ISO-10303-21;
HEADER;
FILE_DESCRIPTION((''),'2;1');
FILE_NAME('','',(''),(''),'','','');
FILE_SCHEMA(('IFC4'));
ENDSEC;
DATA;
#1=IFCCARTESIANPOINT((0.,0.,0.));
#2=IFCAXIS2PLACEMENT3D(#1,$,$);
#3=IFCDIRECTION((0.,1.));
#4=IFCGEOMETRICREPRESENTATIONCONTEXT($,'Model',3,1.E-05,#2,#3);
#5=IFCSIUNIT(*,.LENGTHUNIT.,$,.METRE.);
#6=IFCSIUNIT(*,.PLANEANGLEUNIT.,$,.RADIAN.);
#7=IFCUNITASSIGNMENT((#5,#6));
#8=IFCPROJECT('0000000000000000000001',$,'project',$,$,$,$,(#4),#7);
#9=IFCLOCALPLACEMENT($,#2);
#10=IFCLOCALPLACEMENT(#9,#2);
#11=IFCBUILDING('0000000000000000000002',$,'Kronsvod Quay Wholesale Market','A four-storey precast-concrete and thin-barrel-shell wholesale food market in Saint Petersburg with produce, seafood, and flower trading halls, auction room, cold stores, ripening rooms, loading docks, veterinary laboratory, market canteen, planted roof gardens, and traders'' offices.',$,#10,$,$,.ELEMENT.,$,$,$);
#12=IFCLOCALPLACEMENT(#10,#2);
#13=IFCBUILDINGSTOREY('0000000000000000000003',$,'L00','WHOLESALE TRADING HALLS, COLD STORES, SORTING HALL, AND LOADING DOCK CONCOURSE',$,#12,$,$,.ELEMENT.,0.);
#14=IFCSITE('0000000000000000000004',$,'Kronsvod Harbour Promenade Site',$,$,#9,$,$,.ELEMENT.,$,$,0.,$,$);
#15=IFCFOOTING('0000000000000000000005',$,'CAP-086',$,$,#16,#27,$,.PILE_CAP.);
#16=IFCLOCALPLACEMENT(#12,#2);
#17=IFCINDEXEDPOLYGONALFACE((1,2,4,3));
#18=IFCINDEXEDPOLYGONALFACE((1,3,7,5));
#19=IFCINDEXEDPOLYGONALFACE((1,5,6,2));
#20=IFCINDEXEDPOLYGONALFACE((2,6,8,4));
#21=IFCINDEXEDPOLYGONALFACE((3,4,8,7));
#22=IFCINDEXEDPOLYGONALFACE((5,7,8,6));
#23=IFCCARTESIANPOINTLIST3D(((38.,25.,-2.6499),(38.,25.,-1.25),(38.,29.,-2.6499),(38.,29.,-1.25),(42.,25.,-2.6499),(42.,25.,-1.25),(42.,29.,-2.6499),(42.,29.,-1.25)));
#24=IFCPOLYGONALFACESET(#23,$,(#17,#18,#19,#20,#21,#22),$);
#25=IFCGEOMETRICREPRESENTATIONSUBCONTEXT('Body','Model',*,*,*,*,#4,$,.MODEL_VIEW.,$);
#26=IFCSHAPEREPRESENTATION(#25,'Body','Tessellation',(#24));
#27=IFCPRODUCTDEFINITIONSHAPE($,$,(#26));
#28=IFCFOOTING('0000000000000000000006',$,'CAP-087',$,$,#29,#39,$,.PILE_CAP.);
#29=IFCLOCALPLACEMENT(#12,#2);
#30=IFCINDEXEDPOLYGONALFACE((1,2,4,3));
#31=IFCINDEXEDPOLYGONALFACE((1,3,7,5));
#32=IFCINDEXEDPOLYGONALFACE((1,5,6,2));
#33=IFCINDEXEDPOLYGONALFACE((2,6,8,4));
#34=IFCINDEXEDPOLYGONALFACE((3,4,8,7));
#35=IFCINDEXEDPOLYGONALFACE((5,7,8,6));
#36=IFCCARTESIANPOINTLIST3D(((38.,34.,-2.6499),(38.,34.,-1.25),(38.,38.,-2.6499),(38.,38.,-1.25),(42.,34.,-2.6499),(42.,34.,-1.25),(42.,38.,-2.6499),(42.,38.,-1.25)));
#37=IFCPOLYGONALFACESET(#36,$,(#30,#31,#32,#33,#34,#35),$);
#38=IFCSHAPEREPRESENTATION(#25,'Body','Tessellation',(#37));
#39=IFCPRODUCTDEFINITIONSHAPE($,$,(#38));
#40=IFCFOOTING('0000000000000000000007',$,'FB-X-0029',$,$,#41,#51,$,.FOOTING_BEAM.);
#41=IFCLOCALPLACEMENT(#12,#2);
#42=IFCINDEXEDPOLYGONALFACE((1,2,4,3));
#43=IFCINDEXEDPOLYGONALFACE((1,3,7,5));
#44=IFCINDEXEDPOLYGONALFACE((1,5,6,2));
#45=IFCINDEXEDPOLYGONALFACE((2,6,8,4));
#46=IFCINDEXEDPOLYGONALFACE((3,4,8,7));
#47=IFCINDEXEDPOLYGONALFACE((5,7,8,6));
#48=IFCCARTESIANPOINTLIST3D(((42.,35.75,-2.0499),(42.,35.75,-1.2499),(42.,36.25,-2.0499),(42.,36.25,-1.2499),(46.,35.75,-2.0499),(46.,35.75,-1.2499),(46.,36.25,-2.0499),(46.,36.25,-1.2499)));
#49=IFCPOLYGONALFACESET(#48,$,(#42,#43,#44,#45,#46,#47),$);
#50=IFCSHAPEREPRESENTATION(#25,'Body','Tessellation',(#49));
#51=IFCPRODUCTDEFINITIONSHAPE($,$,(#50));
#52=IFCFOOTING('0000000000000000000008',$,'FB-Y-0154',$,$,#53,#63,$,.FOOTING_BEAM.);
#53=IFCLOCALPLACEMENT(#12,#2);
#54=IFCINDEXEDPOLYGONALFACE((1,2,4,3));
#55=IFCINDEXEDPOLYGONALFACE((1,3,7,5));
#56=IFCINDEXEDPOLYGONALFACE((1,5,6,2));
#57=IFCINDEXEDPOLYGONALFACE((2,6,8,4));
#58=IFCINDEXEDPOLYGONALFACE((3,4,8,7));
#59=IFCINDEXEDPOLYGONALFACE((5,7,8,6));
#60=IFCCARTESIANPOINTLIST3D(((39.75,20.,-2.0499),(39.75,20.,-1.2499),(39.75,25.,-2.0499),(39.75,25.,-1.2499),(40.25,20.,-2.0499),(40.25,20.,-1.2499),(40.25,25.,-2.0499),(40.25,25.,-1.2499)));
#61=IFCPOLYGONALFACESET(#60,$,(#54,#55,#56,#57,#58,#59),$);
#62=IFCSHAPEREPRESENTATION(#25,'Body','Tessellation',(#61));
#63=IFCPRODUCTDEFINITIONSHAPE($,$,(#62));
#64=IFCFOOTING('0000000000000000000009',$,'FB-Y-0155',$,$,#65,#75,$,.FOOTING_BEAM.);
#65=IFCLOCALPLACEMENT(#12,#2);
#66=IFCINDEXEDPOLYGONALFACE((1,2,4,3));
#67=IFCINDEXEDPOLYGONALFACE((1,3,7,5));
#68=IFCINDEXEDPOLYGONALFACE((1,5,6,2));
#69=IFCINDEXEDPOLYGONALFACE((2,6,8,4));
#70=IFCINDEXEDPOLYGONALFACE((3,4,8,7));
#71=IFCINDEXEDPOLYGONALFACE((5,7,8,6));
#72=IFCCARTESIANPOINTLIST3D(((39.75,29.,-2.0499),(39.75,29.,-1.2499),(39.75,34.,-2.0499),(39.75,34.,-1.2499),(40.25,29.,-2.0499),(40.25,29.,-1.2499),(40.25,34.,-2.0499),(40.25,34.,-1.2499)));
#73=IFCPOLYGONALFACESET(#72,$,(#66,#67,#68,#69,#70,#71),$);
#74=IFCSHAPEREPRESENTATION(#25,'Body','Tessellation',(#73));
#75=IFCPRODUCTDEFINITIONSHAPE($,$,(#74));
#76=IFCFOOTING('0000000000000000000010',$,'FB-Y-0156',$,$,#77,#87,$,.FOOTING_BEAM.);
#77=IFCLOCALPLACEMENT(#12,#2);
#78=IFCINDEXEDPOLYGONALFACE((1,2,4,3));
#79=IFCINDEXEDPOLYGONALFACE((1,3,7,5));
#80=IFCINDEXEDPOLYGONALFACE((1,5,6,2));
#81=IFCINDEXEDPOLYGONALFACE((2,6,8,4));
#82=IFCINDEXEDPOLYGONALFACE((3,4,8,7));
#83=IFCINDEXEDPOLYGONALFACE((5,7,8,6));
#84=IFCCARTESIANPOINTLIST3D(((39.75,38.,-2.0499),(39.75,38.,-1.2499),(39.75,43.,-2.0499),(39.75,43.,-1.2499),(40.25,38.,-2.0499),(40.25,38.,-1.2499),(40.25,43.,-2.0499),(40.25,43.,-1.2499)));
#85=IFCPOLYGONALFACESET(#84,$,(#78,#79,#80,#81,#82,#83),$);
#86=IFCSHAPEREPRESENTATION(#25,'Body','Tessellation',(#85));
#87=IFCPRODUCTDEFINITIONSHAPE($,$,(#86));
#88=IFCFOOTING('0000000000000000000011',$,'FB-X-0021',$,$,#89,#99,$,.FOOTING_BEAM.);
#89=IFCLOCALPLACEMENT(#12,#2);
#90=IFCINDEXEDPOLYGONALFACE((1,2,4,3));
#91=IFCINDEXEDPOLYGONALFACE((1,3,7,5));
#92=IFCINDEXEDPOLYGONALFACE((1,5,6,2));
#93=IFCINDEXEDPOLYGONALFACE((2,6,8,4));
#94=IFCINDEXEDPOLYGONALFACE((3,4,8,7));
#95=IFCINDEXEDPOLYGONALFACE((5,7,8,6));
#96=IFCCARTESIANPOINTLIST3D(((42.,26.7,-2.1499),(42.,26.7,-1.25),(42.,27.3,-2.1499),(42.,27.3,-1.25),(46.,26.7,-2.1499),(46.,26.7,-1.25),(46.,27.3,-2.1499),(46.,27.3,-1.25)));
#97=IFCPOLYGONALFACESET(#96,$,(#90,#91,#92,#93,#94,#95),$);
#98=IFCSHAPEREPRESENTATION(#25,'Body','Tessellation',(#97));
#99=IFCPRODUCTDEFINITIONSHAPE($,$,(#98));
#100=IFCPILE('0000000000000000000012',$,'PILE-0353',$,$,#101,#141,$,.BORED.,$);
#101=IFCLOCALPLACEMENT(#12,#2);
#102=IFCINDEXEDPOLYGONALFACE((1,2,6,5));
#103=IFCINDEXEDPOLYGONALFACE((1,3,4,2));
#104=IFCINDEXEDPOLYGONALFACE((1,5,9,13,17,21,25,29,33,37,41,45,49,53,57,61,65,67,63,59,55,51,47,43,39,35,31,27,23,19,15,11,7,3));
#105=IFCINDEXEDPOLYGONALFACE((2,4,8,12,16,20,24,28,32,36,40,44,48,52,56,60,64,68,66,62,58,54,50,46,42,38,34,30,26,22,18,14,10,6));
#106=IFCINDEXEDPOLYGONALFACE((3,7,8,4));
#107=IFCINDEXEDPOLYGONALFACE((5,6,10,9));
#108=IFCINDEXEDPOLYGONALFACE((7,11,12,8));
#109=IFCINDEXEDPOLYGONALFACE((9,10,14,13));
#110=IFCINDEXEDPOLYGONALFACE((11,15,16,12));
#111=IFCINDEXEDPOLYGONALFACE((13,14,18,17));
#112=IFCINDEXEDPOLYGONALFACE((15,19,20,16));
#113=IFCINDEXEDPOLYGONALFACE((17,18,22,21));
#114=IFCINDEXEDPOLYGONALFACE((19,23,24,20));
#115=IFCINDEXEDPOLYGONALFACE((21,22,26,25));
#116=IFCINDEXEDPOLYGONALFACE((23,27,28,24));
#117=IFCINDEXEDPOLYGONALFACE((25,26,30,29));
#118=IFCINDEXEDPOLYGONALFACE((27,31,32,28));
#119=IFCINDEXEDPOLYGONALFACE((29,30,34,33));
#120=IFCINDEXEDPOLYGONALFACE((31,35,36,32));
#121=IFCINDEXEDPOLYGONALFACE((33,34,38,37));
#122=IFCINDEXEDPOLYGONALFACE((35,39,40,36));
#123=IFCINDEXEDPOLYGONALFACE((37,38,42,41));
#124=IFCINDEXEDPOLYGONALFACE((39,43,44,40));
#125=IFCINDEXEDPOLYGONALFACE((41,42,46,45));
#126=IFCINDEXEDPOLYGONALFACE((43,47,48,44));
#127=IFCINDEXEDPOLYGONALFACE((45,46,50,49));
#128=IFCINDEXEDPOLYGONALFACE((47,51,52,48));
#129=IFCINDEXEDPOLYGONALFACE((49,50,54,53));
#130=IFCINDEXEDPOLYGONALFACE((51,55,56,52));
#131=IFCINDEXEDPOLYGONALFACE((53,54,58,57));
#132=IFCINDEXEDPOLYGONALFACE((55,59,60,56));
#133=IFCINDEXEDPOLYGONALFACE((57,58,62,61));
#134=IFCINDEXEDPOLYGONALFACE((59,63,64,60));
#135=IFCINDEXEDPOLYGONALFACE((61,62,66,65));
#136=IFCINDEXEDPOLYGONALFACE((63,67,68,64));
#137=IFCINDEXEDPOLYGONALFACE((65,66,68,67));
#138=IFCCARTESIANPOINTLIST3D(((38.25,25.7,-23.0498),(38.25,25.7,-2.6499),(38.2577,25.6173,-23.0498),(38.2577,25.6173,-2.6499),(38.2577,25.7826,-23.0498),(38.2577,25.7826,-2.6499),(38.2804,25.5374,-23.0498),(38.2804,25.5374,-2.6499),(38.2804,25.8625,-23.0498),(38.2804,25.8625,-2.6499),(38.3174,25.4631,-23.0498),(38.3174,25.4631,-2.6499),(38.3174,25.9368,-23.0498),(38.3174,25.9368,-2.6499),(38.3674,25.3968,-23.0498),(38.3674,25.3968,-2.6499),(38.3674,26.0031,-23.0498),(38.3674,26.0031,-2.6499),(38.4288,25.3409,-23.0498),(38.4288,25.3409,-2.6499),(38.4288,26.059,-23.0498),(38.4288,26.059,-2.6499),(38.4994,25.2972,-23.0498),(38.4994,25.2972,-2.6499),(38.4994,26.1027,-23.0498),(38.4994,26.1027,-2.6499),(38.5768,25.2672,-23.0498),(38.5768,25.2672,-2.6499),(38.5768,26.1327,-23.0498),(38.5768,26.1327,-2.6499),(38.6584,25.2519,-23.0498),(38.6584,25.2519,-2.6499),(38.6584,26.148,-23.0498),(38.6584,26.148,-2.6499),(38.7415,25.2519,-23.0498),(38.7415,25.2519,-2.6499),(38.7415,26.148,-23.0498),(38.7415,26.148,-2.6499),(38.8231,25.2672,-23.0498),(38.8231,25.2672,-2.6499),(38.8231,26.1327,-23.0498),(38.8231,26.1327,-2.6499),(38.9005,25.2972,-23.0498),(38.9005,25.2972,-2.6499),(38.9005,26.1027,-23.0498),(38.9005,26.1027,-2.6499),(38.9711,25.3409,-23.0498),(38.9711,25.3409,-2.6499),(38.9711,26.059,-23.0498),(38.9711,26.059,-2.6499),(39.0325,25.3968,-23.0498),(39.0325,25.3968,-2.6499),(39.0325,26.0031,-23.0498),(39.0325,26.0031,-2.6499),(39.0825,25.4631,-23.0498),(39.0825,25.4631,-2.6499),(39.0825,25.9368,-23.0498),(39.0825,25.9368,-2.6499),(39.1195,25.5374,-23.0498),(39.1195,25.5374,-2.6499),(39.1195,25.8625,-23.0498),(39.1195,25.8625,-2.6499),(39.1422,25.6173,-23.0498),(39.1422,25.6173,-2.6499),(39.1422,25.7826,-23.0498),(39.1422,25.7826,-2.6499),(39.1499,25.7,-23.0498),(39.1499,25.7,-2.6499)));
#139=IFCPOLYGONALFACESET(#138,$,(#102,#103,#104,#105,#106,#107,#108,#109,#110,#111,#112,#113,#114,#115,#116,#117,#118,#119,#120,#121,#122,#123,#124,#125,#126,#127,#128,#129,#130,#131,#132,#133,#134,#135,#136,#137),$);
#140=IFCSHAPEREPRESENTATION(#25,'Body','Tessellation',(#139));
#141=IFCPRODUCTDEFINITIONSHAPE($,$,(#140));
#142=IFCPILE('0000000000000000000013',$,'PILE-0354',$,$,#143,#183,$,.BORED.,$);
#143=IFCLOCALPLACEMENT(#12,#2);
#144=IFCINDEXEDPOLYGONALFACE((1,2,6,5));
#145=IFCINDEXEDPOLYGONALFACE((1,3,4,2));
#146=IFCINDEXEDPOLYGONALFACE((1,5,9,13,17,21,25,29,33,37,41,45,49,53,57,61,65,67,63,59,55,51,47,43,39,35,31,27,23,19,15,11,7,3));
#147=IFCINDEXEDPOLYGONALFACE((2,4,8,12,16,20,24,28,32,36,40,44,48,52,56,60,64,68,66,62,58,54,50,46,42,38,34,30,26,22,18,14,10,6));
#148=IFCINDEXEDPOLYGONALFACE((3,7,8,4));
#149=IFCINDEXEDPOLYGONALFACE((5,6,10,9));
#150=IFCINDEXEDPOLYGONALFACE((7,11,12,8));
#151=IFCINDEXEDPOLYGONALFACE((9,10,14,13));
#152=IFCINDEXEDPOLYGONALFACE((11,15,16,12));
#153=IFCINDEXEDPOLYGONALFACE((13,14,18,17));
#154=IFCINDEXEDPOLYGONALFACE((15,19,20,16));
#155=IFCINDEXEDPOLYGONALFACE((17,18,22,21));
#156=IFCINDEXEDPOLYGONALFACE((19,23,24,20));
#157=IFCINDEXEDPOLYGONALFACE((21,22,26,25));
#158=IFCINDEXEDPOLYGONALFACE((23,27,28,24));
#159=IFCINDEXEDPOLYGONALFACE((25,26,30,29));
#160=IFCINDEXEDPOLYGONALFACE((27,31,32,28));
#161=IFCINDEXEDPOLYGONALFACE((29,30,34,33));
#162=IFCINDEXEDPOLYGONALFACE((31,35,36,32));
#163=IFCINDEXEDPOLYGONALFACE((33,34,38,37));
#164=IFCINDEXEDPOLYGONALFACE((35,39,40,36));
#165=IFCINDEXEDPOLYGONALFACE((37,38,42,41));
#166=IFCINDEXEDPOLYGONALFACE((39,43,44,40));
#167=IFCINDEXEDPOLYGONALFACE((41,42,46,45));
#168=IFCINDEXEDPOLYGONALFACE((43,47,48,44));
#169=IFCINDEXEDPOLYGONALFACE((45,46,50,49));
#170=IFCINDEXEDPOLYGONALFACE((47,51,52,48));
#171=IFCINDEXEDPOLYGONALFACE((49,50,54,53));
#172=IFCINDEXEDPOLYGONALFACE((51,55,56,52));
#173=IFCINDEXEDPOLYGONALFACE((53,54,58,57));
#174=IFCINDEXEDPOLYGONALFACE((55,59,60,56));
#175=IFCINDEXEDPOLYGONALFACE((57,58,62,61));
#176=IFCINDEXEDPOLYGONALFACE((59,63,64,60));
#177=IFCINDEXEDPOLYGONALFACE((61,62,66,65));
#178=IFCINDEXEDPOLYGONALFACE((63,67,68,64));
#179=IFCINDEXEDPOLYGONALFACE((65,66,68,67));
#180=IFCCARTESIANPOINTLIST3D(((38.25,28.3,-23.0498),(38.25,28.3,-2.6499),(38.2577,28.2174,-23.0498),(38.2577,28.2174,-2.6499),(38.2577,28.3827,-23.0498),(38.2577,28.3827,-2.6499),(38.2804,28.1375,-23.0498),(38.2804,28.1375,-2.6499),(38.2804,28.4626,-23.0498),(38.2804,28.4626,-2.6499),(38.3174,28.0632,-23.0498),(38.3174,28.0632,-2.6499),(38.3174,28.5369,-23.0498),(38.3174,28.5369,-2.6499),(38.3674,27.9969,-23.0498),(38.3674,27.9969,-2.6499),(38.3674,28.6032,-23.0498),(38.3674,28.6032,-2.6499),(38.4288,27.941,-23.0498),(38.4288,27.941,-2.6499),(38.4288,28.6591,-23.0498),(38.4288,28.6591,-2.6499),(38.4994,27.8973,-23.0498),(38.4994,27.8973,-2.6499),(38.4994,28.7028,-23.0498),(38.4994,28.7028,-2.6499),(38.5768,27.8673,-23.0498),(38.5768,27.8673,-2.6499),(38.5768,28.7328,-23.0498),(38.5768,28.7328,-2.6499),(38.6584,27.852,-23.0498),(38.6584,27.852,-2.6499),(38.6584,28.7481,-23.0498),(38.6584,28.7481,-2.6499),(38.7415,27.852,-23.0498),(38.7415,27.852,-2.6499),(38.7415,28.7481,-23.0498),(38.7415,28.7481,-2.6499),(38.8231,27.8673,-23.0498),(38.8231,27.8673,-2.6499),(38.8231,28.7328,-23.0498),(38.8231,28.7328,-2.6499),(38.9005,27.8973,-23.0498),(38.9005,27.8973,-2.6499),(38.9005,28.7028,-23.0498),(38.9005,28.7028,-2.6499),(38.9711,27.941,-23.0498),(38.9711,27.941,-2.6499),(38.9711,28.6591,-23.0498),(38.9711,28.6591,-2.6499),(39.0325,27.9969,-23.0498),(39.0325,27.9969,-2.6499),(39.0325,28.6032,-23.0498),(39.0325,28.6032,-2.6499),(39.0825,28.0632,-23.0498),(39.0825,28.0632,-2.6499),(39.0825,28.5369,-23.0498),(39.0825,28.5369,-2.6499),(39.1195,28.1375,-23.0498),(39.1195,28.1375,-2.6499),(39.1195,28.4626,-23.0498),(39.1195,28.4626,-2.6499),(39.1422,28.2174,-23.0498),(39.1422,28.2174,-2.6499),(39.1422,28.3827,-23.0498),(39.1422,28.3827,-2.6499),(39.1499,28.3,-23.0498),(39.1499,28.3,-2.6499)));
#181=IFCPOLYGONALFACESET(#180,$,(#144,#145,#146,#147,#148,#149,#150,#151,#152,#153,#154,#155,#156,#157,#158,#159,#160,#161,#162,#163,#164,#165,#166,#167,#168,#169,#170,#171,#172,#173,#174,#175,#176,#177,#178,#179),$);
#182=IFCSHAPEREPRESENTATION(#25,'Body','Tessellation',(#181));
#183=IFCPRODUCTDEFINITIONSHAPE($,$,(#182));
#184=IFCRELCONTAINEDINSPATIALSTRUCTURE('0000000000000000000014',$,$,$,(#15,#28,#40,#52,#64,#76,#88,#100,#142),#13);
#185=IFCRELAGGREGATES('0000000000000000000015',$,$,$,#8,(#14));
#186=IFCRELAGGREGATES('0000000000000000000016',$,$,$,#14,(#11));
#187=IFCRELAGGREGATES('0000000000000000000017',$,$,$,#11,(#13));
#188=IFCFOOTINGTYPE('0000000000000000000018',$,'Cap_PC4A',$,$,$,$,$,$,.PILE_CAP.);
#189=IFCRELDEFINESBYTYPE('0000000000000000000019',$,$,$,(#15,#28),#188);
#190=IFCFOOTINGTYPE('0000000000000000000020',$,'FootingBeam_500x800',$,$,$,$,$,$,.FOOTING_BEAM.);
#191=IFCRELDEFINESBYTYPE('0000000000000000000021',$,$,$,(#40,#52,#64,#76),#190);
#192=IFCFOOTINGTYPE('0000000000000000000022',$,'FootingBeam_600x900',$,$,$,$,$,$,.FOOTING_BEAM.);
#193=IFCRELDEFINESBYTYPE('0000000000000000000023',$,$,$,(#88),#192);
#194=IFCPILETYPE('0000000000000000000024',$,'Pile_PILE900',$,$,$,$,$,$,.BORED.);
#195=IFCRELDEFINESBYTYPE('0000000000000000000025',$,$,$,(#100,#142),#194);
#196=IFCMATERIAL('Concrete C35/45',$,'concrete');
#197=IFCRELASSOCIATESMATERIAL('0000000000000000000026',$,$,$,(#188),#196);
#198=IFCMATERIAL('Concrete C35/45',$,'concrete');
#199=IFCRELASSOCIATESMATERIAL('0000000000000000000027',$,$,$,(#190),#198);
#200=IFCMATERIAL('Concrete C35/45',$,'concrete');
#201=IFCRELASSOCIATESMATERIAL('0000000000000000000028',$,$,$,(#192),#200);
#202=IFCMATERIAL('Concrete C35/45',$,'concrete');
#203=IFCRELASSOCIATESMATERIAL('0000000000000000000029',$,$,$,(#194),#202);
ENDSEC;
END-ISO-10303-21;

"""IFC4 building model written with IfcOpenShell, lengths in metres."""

from ifc_helpers import new_model, si_unit, direction, frame, origin, origin_2d, place, context, subcontext, project, spatial, rectangle, circle, extrude, material, material_profile, profile_set, type_object, element, save


model = new_model("IFC4")

# Units and contexts
model_context = context("Model", 3, precision=1e-05, world=origin(), true_north=direction((0.0, 1.0)))
body_context = subcontext(model_context, "Body", "Model", "MODEL_VIEW")
ifc_project = project(units=[si_unit("LENGTHUNIT", "METRE"), si_unit("PLANEANGLEUNIT", "RADIAN")], contexts=[model_context])

# Site, building, storey
site_placement = place(None, origin())
site = spatial("IfcSite", under=ifc_project, at=site_placement, Name="Kronsvod Harbour Promenade Site", CompositionType="ELEMENT", RefElevation=0.0)
building_placement = place(site_placement, origin())
building = spatial("IfcBuilding", under=site, at=building_placement, Name="Kronsvod Quay Wholesale Market", Description="A four-storey precast-concrete and thin-barrel-shell wholesale food market in Saint Petersburg with produce, seafood, and flower trading halls, auction room, cold stores, ripening rooms, loading docks, veterinary laboratory, market canteen, planted roof gardens, and traders' offices.", CompositionType="ELEMENT")
storey_placement = place(building_placement, origin())
storey = spatial("IfcBuildingStorey", under=building, at=storey_placement, Name="L00", Description="WHOLESALE TRADING HALLS, COLD STORES, SORTING HALL, AND LOADING DOCK CONCOURSE", CompositionType="ELEMENT", Elevation=0.0)

# Footings
ifc_material_1 = material(Name="Concrete C35/45", Category="concrete")
footing_type_1 = type_object("IfcFootingType", Name="Cap_PC4A", PredefinedType="PILE_CAP", material=ifc_material_1)
for number, where, z_axis, x_axis, name in (
    (1, (40.0, 27.0, -2.6499), (0.0, 0.0, 1.0), (1.0, 0.0, 0.0), "CAP-086"),
    (2, (40.0, 36.0, -2.6499), (0.0, 0.0, 1.0), (1.0, 0.0, 0.0), "CAP-087"),
):
    element("IfcFooting", number, at=place(storey_placement, frame(where, z_axis=z_axis, x_axis=x_axis)), inside=storey, type_object=footing_type_1, Name=name, PredefinedType="PILE_CAP", context=body_context, shape_type="SweptSolid", body=[
        extrude(rectangle(XDim=4.0, YDim=4.0, at=origin_2d()), origin(), (0.0, 0.0, 1.0), 1.3999),
    ])
ifc_material_2 = material(Name="Concrete C35/45", Category="concrete")
ifc_material_profile_1 = material_profile(ifc_material_2, rectangle(XDim=0.5, YDim=0.8, at=origin_2d()), Name="FB-01")
ifc_profile_set_1 = profile_set([ifc_material_profile_1], Name="Concrete C35/45")
footing_type_2 = type_object("IfcFootingType", Name="FootingBeam_500x800", PredefinedType="FOOTING_BEAM", material=ifc_profile_set_1)
footing_1_placement = place(storey_placement, frame((42.0, 36.0, -1.6499), z_axis=(1.0, 0.0, 0.0), x_axis=(0.0, 1.0, 0.0)))
element("IfcFooting", 3, at=footing_1_placement, inside=storey, type_object=footing_type_2, Name="FB-X-0029", PredefinedType="FOOTING_BEAM", context=body_context, shape_type="SweptSolid", body=[
    extrude(rectangle(XDim=0.5, YDim=0.8, at=origin_2d()), origin(), (0.0, 0.0, 1.0), 4.0),
])
for number, where, z_axis, x_axis, name in (
    (4, (40.0, 20.0, -1.6499), (0.0, 1.0, 0.0), (-1.0, 0.0, 0.0), "FB-Y-0154"),
    (5, (40.0, 29.0, -1.6499), (0.0, 1.0, 0.0), (-1.0, 0.0, 0.0), "FB-Y-0155"),
    (6, (40.0, 38.0, -1.6499), (0.0, 1.0, 0.0), (-1.0, 0.0, 0.0), "FB-Y-0156"),
):
    element("IfcFooting", number, at=place(storey_placement, frame(where, z_axis=z_axis, x_axis=x_axis)), inside=storey, type_object=footing_type_2, Name=name, PredefinedType="FOOTING_BEAM", context=body_context, shape_type="SweptSolid", body=[
        extrude(rectangle(XDim=0.5, YDim=0.8, at=origin_2d()), origin(), (0.0, 0.0, 1.0), 5.0),
    ])
ifc_material_3 = material(Name="Concrete C35/45", Category="concrete")
ifc_material_profile_2 = material_profile(ifc_material_3, rectangle(XDim=0.6001, YDim=0.8999, at=origin_2d()), Name="FB-02")
ifc_profile_set_2 = profile_set([ifc_material_profile_2], Name="Concrete C35/45")
footing_type_3 = type_object("IfcFootingType", Name="FootingBeam_600x900", PredefinedType="FOOTING_BEAM", material=ifc_profile_set_2)
footing_2_placement = place(storey_placement, frame((42.0, 27.0, -1.7), z_axis=(1.0, 0.0, 0.0), x_axis=(0.0, 1.0, 0.0)))
element("IfcFooting", 7, at=footing_2_placement, inside=storey, type_object=footing_type_3, Name="FB-X-0021", PredefinedType="FOOTING_BEAM", context=body_context, shape_type="SweptSolid", body=[
    extrude(rectangle(XDim=0.6001, YDim=0.8999, at=origin_2d()), origin(), (0.0, 0.0, 1.0), 4.0),
])

# Piles
ifc_material_4 = material(Name="Concrete C35/45", Category="concrete")
ifc_material_profile_3 = material_profile(ifc_material_4, circle(Radius=0.45, at=origin_2d()), Name="PILE900")
ifc_profile_set_3 = profile_set([ifc_material_profile_3], Name="Concrete C35/45")
pile_type = type_object("IfcPileType", Name="Pile_PILE900", PredefinedType="BORED", material=ifc_profile_set_3)
for number, where, z_axis, x_axis, name in (
    (8, (38.7, 25.7, -2.6499), (0.0, 0.0, -1.0), (1.0, 0.0, 0.0), "PILE-0353"),
    (9, (38.7, 28.3, -2.6499), (0.0, 0.0, -1.0), (1.0, 0.0, 0.0), "PILE-0354"),
):
    element("IfcPile", number, at=place(storey_placement, frame(where, z_axis=z_axis, x_axis=x_axis)), inside=storey, type_object=pile_type, Name=name, PredefinedType="BORED", context=body_context, shape_type="SweptSolid", body=[
        extrude(circle(Radius=0.45, at=origin_2d()), origin(), (0.0, 0.0, 1.0), 20.3999),
    ])

save(model, "model.ifc")
